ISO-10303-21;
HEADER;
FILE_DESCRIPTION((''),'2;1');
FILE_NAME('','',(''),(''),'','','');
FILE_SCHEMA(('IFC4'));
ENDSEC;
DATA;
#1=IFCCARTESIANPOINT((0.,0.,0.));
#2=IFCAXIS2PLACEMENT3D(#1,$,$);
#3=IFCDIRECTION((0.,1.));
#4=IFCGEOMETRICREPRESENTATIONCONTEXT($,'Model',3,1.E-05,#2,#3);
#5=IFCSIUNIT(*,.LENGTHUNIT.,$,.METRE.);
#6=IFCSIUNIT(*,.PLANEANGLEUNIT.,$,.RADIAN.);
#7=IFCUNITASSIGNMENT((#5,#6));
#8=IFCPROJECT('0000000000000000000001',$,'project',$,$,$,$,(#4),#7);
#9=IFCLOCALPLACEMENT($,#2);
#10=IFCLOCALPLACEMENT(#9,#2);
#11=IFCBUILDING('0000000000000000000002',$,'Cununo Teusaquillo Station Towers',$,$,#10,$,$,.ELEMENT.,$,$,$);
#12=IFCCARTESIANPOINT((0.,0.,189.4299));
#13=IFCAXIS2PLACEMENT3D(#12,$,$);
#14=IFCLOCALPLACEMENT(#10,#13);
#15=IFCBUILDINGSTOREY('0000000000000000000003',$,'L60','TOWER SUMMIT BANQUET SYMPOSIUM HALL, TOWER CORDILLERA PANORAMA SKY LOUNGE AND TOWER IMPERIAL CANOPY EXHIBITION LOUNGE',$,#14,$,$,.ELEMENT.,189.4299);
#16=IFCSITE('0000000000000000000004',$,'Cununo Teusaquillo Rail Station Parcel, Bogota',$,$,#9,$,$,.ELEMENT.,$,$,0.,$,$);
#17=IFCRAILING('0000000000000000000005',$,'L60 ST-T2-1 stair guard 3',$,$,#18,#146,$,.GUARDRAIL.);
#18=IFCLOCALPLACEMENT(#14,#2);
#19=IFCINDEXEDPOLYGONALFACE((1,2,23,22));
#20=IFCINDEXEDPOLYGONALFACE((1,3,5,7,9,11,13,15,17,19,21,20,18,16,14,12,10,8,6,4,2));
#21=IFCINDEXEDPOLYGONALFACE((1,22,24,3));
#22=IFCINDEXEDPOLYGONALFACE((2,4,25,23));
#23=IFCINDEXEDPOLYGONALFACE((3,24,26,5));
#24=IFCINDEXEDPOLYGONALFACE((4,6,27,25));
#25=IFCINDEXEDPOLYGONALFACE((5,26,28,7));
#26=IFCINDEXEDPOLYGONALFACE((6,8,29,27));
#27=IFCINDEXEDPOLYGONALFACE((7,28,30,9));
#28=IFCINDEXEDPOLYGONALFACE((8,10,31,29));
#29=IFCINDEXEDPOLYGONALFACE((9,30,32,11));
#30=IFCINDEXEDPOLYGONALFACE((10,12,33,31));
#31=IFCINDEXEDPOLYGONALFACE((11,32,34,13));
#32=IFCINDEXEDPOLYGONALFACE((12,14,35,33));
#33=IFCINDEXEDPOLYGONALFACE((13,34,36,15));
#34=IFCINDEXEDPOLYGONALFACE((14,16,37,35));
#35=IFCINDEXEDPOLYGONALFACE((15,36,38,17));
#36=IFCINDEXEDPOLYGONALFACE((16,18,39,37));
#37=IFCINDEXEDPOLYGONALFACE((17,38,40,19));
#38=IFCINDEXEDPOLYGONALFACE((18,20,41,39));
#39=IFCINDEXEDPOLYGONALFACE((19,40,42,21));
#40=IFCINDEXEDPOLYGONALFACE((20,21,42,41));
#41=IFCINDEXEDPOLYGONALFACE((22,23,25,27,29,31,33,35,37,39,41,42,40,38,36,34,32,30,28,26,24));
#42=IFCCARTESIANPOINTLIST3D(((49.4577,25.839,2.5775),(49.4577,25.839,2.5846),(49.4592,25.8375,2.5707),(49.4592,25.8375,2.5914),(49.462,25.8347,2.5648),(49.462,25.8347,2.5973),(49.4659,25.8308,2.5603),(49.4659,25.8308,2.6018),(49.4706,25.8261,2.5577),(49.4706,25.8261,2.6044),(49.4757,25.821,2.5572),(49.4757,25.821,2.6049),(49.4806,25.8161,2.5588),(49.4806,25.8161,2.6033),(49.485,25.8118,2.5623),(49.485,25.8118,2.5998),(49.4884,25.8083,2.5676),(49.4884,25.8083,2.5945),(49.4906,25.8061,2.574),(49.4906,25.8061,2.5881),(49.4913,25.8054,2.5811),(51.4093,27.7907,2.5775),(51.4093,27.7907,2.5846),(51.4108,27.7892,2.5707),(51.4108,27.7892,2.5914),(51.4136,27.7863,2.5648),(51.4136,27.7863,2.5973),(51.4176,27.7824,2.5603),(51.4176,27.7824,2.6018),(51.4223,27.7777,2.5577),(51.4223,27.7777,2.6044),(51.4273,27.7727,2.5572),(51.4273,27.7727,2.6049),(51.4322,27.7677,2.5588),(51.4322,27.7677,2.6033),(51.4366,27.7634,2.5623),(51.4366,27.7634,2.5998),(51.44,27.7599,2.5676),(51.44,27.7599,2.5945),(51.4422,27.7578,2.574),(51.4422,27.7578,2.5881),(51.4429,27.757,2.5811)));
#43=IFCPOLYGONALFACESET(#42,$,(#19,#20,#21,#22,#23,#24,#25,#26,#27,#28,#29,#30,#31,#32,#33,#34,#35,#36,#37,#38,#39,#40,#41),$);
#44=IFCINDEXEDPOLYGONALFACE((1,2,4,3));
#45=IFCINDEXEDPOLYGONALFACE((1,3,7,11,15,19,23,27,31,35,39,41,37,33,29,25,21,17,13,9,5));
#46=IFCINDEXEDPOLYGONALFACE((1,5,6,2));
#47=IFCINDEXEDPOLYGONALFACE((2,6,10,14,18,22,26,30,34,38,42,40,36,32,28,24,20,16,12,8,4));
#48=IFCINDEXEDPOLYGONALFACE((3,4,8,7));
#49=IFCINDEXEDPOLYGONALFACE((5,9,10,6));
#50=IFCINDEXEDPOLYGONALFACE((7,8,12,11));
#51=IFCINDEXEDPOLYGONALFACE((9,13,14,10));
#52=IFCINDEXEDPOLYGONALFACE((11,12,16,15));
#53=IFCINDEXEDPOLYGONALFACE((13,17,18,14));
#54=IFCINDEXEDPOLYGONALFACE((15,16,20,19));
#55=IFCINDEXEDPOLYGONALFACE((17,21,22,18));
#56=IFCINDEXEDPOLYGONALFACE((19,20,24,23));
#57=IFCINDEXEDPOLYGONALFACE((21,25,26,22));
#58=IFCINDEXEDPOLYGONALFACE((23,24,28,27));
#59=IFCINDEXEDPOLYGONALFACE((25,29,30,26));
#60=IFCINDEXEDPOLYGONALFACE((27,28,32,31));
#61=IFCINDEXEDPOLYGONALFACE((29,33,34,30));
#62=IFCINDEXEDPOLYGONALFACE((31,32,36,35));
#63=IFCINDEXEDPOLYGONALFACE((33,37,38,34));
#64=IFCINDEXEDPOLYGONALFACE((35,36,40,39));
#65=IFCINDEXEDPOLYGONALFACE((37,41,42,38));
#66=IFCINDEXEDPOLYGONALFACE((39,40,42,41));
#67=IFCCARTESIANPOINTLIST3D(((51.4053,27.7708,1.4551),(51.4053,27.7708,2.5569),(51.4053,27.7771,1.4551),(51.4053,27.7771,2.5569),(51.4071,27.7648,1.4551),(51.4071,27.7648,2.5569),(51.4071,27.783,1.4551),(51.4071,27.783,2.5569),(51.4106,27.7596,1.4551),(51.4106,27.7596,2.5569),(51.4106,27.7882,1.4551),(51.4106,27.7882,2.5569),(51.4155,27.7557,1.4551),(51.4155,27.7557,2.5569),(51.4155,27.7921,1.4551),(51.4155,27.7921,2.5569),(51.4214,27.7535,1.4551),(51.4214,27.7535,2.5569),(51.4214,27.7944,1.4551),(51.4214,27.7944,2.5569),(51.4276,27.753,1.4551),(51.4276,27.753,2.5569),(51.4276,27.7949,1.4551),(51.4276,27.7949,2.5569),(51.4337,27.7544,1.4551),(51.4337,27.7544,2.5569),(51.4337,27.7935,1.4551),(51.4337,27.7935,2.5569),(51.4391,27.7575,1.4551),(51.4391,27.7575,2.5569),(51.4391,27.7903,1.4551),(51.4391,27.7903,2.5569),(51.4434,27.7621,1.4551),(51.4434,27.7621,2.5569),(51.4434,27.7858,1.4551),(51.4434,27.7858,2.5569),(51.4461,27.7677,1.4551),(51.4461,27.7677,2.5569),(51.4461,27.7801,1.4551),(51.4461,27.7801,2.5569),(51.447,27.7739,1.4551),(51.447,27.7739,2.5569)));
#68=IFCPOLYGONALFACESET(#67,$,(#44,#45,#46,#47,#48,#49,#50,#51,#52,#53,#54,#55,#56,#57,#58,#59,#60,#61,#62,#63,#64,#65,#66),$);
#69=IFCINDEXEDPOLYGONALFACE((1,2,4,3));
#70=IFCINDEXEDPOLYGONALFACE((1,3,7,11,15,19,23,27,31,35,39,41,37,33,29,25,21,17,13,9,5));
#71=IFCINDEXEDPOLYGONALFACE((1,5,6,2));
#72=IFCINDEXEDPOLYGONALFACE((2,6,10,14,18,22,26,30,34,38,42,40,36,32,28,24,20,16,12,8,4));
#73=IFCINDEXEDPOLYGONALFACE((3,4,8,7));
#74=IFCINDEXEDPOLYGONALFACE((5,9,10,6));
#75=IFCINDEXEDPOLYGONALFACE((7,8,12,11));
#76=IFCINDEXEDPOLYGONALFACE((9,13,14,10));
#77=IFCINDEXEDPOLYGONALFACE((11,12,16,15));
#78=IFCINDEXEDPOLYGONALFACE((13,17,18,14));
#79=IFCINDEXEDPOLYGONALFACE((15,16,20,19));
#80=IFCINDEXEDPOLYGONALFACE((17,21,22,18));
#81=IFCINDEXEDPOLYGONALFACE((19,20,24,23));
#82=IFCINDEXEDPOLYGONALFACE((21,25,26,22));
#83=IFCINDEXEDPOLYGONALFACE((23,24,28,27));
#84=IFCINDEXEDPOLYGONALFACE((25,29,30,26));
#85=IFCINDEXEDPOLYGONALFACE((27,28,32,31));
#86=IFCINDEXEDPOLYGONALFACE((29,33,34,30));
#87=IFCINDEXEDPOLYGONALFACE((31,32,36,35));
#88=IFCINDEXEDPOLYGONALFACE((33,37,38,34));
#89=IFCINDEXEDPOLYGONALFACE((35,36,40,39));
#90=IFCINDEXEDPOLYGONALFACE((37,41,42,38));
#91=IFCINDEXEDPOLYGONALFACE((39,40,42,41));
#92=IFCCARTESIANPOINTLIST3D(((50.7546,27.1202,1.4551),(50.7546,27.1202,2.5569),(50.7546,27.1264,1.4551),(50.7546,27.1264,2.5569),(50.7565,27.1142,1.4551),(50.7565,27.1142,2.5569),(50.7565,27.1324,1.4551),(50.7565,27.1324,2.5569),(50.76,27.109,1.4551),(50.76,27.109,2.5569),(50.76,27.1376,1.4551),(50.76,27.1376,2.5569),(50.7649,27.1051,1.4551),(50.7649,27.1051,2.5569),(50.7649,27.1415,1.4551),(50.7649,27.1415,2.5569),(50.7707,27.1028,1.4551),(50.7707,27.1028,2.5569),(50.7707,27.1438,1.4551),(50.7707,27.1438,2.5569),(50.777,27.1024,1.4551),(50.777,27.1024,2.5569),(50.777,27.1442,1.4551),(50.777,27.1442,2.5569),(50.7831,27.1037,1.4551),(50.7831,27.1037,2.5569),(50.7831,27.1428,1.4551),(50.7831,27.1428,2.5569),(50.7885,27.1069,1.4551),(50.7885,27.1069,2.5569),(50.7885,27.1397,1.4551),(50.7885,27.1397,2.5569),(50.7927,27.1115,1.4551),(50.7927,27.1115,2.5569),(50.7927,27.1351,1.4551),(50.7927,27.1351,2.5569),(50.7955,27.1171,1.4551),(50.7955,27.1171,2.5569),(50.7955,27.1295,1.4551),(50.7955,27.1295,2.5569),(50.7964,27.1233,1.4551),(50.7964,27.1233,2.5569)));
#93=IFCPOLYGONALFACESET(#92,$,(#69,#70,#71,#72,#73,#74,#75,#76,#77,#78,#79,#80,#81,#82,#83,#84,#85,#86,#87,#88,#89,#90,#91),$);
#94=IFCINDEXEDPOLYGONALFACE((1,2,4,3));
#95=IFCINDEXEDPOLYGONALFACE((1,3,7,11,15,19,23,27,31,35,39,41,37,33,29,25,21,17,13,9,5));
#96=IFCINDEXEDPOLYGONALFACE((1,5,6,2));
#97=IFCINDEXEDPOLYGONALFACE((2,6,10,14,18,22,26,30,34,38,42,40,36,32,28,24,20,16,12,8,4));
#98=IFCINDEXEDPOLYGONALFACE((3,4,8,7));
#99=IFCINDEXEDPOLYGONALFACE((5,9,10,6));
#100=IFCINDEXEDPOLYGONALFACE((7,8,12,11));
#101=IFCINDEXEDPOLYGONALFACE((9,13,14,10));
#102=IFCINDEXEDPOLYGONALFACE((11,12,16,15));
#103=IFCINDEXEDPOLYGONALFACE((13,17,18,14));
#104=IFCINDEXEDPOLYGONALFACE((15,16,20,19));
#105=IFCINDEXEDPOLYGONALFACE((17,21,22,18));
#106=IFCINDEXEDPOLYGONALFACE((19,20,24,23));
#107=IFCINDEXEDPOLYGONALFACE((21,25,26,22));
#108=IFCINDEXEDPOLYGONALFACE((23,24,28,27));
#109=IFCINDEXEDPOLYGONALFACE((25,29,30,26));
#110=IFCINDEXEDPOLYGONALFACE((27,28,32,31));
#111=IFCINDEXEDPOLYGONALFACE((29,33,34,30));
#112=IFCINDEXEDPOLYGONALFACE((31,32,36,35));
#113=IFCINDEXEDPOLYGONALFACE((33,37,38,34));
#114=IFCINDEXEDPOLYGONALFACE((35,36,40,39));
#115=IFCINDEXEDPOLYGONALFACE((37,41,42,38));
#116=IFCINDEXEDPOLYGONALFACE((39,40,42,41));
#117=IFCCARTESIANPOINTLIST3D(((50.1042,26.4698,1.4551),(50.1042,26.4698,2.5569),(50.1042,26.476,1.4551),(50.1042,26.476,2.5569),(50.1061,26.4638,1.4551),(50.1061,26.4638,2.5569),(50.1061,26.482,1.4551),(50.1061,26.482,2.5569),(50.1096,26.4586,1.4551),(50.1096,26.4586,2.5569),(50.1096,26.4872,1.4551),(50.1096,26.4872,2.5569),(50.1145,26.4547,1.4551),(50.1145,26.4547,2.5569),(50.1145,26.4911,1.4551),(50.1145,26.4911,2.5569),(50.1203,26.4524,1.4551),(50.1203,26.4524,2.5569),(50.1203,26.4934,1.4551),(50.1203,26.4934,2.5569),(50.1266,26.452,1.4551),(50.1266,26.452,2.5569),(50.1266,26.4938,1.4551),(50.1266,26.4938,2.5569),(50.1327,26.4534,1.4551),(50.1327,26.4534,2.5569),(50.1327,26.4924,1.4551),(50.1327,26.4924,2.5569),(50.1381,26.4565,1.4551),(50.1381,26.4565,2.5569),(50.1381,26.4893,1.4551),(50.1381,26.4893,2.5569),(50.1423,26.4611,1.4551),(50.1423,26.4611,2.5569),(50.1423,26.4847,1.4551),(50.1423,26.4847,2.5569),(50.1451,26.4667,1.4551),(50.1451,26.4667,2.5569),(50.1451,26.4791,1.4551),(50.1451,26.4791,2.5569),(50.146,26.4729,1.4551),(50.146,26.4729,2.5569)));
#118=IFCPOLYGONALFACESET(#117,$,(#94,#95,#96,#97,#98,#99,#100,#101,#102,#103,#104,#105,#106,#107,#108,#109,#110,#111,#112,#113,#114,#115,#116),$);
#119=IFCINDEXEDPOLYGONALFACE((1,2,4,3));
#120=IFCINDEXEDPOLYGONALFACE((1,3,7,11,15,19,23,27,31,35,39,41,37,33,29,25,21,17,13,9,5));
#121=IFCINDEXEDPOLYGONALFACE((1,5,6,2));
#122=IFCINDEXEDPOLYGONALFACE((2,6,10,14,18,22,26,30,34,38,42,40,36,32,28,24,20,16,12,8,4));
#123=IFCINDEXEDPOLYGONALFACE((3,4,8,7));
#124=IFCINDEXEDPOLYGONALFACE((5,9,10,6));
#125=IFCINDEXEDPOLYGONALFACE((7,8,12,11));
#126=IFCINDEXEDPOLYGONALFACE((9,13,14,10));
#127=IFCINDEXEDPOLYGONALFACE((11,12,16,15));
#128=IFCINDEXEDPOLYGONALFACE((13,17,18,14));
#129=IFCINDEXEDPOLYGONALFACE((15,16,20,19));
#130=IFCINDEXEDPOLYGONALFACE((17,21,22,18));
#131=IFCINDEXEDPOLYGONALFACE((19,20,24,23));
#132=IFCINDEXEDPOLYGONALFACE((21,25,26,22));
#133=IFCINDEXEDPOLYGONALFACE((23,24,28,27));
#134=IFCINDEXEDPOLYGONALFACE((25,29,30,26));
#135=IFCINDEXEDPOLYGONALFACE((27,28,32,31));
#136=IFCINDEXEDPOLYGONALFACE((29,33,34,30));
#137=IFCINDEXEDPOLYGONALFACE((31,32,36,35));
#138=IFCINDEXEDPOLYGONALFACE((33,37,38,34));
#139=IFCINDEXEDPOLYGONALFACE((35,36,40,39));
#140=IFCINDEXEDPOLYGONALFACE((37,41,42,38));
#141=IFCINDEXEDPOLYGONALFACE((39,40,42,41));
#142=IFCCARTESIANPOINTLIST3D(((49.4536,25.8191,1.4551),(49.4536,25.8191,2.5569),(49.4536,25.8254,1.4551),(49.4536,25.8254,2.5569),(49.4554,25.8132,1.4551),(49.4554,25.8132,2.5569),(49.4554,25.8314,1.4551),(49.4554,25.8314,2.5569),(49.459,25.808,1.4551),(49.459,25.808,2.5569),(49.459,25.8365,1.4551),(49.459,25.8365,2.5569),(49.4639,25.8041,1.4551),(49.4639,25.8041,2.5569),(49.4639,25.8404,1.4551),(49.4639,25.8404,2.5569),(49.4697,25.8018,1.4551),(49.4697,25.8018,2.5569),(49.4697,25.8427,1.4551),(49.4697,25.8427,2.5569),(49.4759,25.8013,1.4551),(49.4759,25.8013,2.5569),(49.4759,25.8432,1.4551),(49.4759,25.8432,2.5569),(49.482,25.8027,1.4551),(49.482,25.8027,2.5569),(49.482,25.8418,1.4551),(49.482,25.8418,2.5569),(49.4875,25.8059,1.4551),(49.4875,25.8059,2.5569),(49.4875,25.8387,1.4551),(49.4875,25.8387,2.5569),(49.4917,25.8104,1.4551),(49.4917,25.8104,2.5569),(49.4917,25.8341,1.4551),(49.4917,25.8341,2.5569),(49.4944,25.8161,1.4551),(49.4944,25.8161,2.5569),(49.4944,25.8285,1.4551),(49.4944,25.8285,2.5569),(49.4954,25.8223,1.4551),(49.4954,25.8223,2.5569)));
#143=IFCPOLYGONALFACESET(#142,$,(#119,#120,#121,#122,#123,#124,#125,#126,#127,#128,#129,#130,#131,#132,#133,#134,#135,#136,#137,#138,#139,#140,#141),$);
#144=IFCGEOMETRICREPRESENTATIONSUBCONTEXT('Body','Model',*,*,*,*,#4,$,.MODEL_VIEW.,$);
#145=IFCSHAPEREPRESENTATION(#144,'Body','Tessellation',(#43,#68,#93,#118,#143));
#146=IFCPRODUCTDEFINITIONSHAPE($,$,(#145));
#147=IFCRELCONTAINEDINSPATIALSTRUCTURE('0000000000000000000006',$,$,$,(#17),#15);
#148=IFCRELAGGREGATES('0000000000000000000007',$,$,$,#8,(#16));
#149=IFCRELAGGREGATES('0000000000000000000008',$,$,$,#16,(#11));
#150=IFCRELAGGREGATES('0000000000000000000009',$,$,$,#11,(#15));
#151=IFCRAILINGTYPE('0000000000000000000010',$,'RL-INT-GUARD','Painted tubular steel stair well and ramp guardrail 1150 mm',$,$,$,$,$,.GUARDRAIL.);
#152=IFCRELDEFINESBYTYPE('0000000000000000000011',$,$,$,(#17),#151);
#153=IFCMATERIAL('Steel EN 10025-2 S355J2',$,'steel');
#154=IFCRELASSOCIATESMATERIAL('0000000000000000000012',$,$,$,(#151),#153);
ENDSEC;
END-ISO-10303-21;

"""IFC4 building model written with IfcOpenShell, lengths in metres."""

from ifc_helpers import new_model, si_unit, direction, frame, origin, origin_2d, place, context, subcontext, project, spatial, circle, extrude, material, type_object, element, save


model = new_model("IFC4")

# Units and contexts
model_context = context("Model", 3, precision=1e-05, world=origin(), true_north=direction((0.0, 1.0)))
body_context = subcontext(model_context, "Body", "Model", "MODEL_VIEW")
ifc_project = project(units=[si_unit("LENGTHUNIT", "METRE"), si_unit("PLANEANGLEUNIT", "RADIAN")], contexts=[model_context])

# Site, building, storey
site_placement = place(None, origin())
site = spatial("IfcSite", under=ifc_project, at=site_placement, Name="Cununo Teusaquillo Rail Station Parcel, Bogota", CompositionType="ELEMENT", RefElevation=0.0)
building_placement = place(site_placement, origin())
building = spatial("IfcBuilding", under=site, at=building_placement, Name="Cununo Teusaquillo Station Towers", CompositionType="ELEMENT")
storey_placement = place(building_placement, frame((0.0, 0.0, 189.4299)))
storey = spatial("IfcBuildingStorey", under=building, at=storey_placement, Name="L60", Description="TOWER SUMMIT BANQUET SYMPOSIUM HALL, TOWER CORDILLERA PANORAMA SKY LOUNGE AND TOWER IMPERIAL CANOPY EXHIBITION LOUNGE", CompositionType="ELEMENT", Elevation=189.4299)

# Railing
ifc_material_1 = material(Name="Steel EN 10025-2 S355J2", Category="steel")
railing_type_1 = type_object("IfcRailingType", Name="RL-INT-GUARD", Description="Painted tubular steel stair well and ramp guardrail 1150 mm", PredefinedType="GUARDRAIL", material=ifc_material_1)
railing_1_placement = place(storey_placement, frame((51.426, 27.7739, 1.4551)))
element("IfcRailing", 1, at=railing_1_placement, inside=storey, type_object=railing_type_1, Name="L60 ST-T2-1 stair guard 3", PredefinedType="GUARDRAIL", context=body_context, shape_type="SweptSolid", body=[
    extrude(circle(Radius=0.0239, at=origin_2d()), frame((0.0, 0.0, 1.126), z_axis=(-0.707107, -0.707107, 0.0), x_axis=(0.707107, -0.707107, 0.0)), (0.0, 0.0, 1.0), 2.76),
    extrude(circle(Radius=0.021, at=origin_2d()), origin(), (0.0, 0.0, 1.0), 1.1018),
    extrude(circle(Radius=0.021, at=origin_2d()), frame((-0.6506, -0.6506, 0.0)), (0.0, 0.0, 1.0), 1.1018),
    extrude(circle(Radius=0.021, at=origin_2d()), frame((-1.301, -1.301, 0.0)), (0.0, 0.0, 1.0), 1.1018),
    extrude(circle(Radius=0.021, at=origin_2d()), frame((-1.9517, -1.9517, 0.0)), (0.0, 0.0, 1.0), 1.1018),
])

save(model, "model.ifc")
